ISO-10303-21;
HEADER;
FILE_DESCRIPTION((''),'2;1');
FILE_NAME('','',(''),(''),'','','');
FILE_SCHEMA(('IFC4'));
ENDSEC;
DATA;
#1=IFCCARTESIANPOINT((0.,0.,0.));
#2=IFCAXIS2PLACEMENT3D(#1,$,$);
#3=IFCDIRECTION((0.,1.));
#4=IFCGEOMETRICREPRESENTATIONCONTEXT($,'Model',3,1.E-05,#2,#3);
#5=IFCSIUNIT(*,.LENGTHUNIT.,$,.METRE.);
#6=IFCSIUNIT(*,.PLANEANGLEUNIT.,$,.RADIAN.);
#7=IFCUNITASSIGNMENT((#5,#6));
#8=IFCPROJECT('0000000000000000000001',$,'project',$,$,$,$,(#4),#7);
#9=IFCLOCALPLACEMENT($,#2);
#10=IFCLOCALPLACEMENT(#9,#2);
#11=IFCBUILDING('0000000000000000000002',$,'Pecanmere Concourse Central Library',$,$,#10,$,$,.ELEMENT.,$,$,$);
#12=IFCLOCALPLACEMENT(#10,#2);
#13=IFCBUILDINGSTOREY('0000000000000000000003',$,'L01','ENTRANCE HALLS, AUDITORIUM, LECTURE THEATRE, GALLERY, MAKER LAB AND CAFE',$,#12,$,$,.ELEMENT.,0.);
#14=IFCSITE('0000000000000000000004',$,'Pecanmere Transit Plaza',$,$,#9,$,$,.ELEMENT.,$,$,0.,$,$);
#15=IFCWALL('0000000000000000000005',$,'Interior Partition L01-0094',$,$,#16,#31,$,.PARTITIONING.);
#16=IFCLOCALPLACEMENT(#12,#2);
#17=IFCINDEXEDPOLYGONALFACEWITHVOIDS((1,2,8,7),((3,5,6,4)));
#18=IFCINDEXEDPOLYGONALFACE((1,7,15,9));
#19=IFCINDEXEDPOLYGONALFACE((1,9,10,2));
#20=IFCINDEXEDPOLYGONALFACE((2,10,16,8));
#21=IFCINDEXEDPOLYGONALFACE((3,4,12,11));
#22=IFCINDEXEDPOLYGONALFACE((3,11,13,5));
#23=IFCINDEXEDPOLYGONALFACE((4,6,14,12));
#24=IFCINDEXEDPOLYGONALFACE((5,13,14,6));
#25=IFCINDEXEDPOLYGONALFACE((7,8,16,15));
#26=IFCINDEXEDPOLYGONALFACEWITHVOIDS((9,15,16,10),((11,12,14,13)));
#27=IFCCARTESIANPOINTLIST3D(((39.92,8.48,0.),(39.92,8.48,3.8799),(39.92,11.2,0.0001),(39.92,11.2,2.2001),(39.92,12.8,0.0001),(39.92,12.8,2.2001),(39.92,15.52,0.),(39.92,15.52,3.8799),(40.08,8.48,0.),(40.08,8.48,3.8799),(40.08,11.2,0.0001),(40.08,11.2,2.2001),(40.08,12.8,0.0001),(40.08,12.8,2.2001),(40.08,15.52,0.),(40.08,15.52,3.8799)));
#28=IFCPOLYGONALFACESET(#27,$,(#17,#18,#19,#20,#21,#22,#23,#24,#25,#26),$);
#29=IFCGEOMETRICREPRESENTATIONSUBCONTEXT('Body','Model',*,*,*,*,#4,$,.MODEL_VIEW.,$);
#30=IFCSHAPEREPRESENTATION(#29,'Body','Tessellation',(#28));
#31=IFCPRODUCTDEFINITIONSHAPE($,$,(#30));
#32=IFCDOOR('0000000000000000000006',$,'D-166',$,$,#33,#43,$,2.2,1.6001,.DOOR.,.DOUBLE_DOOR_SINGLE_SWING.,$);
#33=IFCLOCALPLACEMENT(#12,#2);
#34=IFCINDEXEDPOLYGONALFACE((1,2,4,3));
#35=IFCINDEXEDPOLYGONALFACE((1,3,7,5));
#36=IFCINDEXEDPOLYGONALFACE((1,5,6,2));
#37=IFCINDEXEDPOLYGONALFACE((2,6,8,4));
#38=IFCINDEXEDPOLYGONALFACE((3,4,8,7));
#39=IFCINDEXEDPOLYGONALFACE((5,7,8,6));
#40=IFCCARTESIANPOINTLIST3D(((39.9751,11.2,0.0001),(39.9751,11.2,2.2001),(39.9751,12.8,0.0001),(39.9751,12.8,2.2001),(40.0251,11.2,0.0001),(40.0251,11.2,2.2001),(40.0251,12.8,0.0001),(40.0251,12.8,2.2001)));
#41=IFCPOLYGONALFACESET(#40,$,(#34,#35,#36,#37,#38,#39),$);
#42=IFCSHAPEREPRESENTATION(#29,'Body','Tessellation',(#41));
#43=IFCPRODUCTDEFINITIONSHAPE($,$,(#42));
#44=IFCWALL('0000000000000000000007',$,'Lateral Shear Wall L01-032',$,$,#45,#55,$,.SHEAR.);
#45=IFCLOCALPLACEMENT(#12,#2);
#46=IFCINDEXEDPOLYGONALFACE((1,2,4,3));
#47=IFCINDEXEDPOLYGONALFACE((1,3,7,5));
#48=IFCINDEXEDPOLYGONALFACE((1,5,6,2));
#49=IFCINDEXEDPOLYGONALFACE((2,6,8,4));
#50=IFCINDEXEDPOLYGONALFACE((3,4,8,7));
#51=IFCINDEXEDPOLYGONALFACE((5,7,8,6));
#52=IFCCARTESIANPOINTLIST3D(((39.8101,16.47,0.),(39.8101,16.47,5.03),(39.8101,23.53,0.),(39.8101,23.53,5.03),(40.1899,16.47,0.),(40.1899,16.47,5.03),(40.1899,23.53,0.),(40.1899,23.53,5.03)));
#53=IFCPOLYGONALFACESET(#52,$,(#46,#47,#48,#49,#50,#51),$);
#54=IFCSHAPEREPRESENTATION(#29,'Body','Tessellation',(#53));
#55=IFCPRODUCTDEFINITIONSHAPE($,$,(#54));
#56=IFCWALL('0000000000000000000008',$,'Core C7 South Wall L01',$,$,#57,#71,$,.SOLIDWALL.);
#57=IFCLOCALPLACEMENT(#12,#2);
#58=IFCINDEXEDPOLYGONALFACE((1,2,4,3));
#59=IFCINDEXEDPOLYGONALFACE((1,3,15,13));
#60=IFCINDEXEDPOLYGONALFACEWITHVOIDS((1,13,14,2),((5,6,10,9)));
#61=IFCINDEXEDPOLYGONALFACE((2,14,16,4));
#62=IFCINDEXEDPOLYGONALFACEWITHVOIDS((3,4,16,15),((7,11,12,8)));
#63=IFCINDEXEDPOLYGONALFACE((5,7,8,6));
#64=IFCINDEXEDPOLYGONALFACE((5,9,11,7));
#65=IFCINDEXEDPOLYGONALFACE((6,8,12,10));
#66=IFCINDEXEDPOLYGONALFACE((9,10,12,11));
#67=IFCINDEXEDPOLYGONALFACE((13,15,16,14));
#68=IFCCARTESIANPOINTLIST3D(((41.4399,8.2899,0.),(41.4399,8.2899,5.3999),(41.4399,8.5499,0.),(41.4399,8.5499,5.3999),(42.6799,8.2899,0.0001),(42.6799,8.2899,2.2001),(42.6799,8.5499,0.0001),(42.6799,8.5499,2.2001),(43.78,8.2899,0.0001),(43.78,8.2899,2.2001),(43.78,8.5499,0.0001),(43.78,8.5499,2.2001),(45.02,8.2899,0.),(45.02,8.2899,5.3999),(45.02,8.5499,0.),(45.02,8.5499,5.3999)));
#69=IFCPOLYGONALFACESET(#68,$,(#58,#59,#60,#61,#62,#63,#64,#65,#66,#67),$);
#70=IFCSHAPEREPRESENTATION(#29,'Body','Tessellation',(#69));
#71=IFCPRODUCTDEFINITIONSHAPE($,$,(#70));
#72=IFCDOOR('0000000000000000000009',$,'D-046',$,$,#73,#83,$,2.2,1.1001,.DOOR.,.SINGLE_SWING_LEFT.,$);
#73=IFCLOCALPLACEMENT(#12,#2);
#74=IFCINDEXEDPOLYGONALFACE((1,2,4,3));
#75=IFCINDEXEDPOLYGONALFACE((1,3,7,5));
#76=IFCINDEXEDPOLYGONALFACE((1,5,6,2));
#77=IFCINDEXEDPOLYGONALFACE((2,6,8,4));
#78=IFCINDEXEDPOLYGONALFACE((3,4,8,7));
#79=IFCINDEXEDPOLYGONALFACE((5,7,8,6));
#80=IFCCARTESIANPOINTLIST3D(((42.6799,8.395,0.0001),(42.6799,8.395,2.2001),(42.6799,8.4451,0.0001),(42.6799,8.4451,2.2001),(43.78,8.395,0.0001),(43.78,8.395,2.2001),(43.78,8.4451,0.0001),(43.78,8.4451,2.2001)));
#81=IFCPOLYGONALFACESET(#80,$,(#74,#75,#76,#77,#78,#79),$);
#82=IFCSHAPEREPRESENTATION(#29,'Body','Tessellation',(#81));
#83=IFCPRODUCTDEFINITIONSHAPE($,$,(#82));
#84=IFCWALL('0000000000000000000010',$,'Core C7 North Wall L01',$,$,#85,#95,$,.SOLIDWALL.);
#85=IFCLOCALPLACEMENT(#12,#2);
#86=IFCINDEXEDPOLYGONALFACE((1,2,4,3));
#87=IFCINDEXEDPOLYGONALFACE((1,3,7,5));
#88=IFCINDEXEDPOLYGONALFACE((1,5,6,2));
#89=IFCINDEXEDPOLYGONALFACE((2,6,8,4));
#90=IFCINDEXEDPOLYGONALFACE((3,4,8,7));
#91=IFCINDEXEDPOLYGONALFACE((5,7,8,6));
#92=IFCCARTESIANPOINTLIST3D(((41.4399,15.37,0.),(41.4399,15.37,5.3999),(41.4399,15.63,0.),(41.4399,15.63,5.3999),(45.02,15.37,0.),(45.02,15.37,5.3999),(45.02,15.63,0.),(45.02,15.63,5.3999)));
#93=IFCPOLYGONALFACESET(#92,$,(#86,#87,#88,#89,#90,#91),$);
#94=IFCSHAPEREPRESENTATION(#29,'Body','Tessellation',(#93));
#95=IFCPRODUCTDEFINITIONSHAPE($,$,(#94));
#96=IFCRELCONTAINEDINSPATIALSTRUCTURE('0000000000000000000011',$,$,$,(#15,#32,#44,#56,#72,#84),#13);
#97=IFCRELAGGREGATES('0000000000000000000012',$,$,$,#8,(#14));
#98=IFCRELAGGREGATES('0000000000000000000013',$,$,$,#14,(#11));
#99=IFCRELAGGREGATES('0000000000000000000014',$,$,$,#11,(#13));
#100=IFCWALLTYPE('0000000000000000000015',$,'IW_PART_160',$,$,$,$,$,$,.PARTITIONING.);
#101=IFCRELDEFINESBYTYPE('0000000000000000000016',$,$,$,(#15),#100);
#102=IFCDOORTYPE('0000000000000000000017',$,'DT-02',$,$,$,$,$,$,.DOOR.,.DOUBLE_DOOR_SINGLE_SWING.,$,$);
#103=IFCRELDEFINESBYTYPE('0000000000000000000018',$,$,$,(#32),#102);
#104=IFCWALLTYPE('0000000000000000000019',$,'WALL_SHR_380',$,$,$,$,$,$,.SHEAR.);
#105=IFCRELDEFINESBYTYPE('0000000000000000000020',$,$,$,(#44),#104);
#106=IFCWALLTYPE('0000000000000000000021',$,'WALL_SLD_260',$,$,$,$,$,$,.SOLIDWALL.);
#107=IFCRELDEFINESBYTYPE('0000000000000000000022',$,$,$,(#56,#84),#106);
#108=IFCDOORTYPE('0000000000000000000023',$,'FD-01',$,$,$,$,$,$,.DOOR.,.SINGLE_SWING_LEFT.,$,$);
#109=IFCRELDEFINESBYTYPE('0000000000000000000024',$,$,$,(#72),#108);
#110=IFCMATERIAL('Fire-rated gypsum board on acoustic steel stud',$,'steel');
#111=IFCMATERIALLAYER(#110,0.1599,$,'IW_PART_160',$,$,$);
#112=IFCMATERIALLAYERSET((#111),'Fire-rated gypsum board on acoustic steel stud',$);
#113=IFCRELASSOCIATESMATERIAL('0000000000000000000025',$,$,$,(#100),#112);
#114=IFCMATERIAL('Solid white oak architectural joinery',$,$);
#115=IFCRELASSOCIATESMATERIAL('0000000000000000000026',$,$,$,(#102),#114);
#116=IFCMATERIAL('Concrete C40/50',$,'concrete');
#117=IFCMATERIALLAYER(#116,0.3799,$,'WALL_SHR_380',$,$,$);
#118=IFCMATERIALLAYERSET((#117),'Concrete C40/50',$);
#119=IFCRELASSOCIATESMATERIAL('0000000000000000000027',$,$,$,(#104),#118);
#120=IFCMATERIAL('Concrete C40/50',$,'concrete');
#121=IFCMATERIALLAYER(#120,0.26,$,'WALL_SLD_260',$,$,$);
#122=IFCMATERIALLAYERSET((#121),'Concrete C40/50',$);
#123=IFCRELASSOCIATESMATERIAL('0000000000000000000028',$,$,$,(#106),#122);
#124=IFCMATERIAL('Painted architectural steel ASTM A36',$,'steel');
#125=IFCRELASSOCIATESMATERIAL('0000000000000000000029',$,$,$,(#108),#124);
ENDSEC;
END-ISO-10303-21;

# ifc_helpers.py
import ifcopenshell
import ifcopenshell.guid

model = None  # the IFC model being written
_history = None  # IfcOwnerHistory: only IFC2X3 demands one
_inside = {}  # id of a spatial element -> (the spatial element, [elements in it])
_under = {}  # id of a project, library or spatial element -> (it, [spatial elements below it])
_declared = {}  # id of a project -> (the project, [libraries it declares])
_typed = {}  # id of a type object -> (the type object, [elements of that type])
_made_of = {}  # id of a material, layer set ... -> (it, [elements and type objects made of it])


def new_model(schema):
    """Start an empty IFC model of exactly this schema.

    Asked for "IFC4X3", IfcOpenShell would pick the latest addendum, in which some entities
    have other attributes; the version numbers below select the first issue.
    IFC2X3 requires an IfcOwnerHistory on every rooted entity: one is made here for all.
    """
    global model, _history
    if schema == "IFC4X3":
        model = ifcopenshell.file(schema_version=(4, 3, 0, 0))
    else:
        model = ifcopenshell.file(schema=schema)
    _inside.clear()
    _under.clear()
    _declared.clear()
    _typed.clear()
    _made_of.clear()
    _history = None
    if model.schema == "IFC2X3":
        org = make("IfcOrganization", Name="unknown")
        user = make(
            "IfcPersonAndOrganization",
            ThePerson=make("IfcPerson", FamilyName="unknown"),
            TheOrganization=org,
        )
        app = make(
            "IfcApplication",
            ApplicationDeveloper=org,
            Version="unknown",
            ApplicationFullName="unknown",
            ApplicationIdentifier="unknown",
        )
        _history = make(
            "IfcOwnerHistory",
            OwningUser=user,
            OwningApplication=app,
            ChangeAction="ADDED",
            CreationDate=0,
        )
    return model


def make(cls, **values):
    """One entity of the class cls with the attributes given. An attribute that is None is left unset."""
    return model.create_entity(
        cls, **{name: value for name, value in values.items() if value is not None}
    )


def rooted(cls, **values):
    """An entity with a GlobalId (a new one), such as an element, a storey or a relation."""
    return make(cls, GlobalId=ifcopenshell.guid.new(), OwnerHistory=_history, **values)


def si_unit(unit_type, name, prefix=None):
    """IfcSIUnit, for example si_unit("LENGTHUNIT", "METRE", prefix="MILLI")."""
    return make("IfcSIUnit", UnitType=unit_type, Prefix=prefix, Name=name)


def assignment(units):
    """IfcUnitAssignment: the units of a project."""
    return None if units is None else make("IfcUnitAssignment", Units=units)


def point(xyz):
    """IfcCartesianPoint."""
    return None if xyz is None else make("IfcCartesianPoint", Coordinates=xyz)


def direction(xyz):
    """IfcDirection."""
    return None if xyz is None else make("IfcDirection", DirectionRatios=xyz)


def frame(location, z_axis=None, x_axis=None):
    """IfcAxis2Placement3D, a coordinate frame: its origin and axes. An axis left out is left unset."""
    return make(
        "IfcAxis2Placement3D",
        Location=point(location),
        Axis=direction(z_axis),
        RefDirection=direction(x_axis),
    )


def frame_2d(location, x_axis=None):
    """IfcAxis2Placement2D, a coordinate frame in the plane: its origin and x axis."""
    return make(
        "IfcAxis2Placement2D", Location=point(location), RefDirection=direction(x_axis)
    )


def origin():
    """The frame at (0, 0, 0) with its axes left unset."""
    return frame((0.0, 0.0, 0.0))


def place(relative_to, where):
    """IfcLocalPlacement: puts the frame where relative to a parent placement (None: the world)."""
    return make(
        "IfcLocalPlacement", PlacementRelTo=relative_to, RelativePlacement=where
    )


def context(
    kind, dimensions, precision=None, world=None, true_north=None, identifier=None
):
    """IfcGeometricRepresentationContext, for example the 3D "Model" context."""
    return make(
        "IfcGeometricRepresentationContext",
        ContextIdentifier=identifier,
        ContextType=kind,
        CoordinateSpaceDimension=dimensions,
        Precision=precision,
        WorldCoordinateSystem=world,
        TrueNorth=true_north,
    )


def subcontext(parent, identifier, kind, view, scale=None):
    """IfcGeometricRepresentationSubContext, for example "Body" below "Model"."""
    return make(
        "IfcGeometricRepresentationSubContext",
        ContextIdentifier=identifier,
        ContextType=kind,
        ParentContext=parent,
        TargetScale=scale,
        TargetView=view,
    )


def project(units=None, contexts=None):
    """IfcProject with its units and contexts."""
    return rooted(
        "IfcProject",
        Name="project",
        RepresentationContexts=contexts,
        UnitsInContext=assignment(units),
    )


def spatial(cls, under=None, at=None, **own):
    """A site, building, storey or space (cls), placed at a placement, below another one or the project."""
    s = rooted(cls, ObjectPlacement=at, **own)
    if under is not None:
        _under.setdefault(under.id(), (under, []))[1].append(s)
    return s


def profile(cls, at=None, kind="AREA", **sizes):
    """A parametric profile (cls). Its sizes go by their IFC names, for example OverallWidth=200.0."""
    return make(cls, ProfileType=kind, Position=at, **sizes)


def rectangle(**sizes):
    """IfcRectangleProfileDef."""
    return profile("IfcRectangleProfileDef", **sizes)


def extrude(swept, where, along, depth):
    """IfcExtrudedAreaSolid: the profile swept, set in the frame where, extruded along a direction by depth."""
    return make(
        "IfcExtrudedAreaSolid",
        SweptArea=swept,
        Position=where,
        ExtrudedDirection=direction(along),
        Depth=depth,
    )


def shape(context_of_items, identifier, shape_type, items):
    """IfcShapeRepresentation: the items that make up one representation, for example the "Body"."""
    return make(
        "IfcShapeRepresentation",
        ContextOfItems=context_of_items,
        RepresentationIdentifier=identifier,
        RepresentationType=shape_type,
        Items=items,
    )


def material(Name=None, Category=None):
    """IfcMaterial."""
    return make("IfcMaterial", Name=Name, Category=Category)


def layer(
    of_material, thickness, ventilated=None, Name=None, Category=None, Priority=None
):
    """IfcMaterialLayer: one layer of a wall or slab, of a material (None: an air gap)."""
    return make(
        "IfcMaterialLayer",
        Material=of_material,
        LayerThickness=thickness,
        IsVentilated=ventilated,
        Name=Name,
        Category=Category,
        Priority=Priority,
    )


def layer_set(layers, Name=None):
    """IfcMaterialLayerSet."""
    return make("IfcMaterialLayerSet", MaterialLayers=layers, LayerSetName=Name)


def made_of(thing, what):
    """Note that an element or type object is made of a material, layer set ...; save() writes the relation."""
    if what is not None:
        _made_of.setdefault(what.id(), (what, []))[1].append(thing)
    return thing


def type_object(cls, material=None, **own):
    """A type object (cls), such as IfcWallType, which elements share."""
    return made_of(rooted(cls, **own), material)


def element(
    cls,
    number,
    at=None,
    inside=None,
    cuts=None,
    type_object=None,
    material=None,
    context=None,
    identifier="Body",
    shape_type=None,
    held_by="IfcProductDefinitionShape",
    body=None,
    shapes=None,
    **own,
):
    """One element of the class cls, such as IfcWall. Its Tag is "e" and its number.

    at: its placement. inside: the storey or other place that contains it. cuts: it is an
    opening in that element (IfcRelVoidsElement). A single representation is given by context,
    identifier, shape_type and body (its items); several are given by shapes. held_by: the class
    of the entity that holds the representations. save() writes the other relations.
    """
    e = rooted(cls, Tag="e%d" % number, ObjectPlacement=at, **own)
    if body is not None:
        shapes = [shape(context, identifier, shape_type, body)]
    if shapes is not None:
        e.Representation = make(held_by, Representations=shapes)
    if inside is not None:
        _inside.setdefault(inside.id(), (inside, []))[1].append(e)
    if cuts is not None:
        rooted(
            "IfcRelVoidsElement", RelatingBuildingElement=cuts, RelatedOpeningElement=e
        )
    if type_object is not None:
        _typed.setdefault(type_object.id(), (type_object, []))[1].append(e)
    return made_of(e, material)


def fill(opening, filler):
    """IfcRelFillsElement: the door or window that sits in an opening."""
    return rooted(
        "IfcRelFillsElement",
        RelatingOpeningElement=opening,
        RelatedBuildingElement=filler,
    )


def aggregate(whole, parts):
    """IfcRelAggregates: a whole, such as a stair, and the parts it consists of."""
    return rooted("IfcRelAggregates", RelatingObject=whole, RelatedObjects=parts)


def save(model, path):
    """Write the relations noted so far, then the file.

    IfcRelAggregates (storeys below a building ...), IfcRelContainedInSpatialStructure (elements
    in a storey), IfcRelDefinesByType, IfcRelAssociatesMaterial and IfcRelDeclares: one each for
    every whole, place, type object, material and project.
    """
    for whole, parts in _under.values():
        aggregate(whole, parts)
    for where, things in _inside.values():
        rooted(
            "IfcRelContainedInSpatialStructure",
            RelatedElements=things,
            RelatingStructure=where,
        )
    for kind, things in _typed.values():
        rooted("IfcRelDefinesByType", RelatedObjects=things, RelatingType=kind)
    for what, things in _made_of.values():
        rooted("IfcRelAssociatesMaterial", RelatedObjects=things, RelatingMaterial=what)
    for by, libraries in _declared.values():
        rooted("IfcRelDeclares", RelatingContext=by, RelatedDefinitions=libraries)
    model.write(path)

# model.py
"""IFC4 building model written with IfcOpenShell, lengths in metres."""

from ifc_helpers import new_model, si_unit, direction, frame, frame_2d, origin, place, context, subcontext, project, spatial, rectangle, extrude, material, layer, layer_set, type_object, element, fill, save


model = new_model("IFC4")

# Units and contexts
model_context = context("Model", 3, precision=1e-05, world=origin(), true_north=direction((0.0, 1.0)))
body_context = subcontext(model_context, "Body", "Model", "MODEL_VIEW")
ifc_project = project(units=[si_unit("LENGTHUNIT", "METRE"), si_unit("PLANEANGLEUNIT", "RADIAN")], contexts=[model_context])

# Site, building, storey
site_placement = place(None, origin())
site = spatial("IfcSite", under=ifc_project, at=site_placement, Name="Pecanmere Transit Plaza", CompositionType="ELEMENT", RefElevation=0.0)
building_placement = place(site_placement, origin())
building = spatial("IfcBuilding", under=site, at=building_placement, Name="Pecanmere Concourse Central Library", CompositionType="ELEMENT")
storey_placement = place(building_placement, origin())
storey = spatial("IfcBuildingStorey", under=building, at=storey_placement, Name="L01", Description="ENTRANCE HALLS, AUDITORIUM, LECTURE THEATRE, GALLERY, MAKER LAB AND CAFE", CompositionType="ELEMENT", Elevation=0.0)

# Shared definitions
ifc_material_1 = material(Name="Fire-rated gypsum board on acoustic steel stud", Category="steel")
ifc_layer_1 = layer(ifc_material_1, 0.1599, Name="IW_PART_160")
ifc_layer_set_1 = layer_set([ifc_layer_1], Name="Fire-rated gypsum board on acoustic steel stud")
wall_type_1 = type_object("IfcWallType", Name="IW_PART_160", PredefinedType="PARTITIONING", material=ifc_layer_set_1)

# Wall, opening, door
wall_1_placement = place(storey_placement, frame((40.0, 8.48, 0.0), z_axis=(0.0, 0.0, 1.0), x_axis=(0.0, 1.0, 0.0)))
wall_1 = element("IfcWall", 1, at=wall_1_placement, inside=storey, type_object=wall_type_1, Name="Interior Partition L01-0094", PredefinedType="PARTITIONING", context=body_context, shape_type="SweptSolid", body=[
    extrude(rectangle(XDim=7.04, YDim=0.1599, at=frame_2d((3.52, 0.0))), origin(), (0.0, 0.0, 1.0), 3.8799),
])
opening_1_placement = place(wall_1_placement, frame((2.72, 0.0, 0.0)))
opening_1 = element("IfcOpeningElement", 2, at=opening_1_placement, cuts=wall_1, PredefinedType="OPENING", context=body_context, shape_type="SweptSolid", body=[
    extrude(rectangle(XDim=1.6001, YDim=2.2, at=frame_2d((0.8, 1.1001))), frame((0.0, 0.0918, 0.0), z_axis=(0.0, -1.0, 0.0), x_axis=(1.0, 0.0, 0.0)), (0.0, 0.0, 1.0), 0.1838),
])
ifc_material_2 = material(Name="Solid white oak architectural joinery")
door_type_1 = type_object("IfcDoorType", Name="DT-02", OperationType="DOUBLE_DOOR_SINGLE_SWING", PredefinedType="DOOR", material=ifc_material_2)
door_1_placement = place(opening_1_placement, origin())
door_1 = element("IfcDoor", 3, at=door_1_placement, inside=storey, type_object=door_type_1, Name="D-166", OperationType="DOUBLE_DOOR_SINGLE_SWING", OverallHeight=2.2, OverallWidth=1.6001, PredefinedType="DOOR", context=body_context, shape_type="SweptSolid", body=[
    extrude(rectangle(XDim=1.6001, YDim=2.2, at=frame_2d((0.8, 1.1001))), frame((0.0, 0.0249, 0.0), z_axis=(0.0, -1.0, 0.0), x_axis=(1.0, 0.0, 0.0)), (0.0, 0.0, 1.0), 0.05),
])
fill(opening_1, door_1)

# Wall
ifc_material_3 = material(Name="Concrete C40/50", Category="concrete")
ifc_layer_2 = layer(ifc_material_3, 0.3799, Name="WALL_SHR_380")
ifc_layer_set_2 = layer_set([ifc_layer_2], Name="Concrete C40/50")
wall_type_2 = type_object("IfcWallType", Name="WALL_SHR_380", PredefinedType="SHEAR", material=ifc_layer_set_2)
wall_2_placement = place(storey_placement, frame((40.0, 16.47, 0.0), z_axis=(0.0, 0.0, 1.0), x_axis=(0.0, 1.0, 0.0)))
element("IfcWall", 4, at=wall_2_placement, inside=storey, type_object=wall_type_2, Name="Lateral Shear Wall L01-032", PredefinedType="SHEAR", context=body_context, shape_type="SweptSolid", body=[
    extrude(rectangle(XDim=7.0601, YDim=0.3799, at=frame_2d((3.53, 0.0))), origin(), (0.0, 0.0, 1.0), 5.03),
])

# Wall, opening, door
ifc_material_4 = material(Name="Concrete C40/50", Category="concrete")
ifc_layer_3 = layer(ifc_material_4, 0.26, Name="WALL_SLD_260")
ifc_layer_set_3 = layer_set([ifc_layer_3], Name="Concrete C40/50")
wall_type_3 = type_object("IfcWallType", Name="WALL_SLD_260", PredefinedType="SOLIDWALL", material=ifc_layer_set_3)
wall_3_placement = place(storey_placement, frame((41.4399, 8.4199, 0.0), z_axis=(0.0, 0.0, 1.0), x_axis=(1.0, 0.0, 0.0)))
wall_3 = element("IfcWall", 5, at=wall_3_placement, inside=storey, type_object=wall_type_3, Name="Core C7 South Wall L01", PredefinedType="SOLIDWALL", context=body_context, shape_type="SweptSolid", body=[
    extrude(rectangle(XDim=3.5801, YDim=0.26, at=frame_2d((1.79, 0.0))), origin(), (0.0, 0.0, 1.0), 5.3999),
])
opening_2_placement = place(wall_3_placement, frame((1.24, 0.0, 0.0)))
opening_2 = element("IfcOpeningElement", 6, at=opening_2_placement, cuts=wall_3, PredefinedType="OPENING", context=body_context, shape_type="SweptSolid", body=[
    extrude(rectangle(XDim=1.1001, YDim=2.2, at=frame_2d((0.55, 1.1001))), frame((0.0, 0.1421, 0.0), z_axis=(0.0, -1.0, 0.0), x_axis=(1.0, 0.0, 0.0)), (0.0, 0.0, 1.0), 0.2839),
])
ifc_material_5 = material(Name="Painted architectural steel ASTM A36", Category="steel")
door_type_2 = type_object("IfcDoorType", Name="FD-01", OperationType="SINGLE_SWING_LEFT", PredefinedType="DOOR", material=ifc_material_5)
door_2_placement = place(opening_2_placement, frame((1.1001, 0.0, 0.0), z_axis=(0.0, 0.0, 1.0), x_axis=(-1.0, 0.0, 0.0)))
door_2 = element("IfcDoor", 7, at=door_2_placement, inside=storey, type_object=door_type_2, Name="D-046", OperationType="SINGLE_SWING_LEFT", OverallHeight=2.2, OverallWidth=1.1001, PredefinedType="DOOR", context=body_context, shape_type="SweptSolid", body=[
    extrude(rectangle(XDim=1.1001, YDim=2.2, at=frame_2d((0.55, 1.1001))), frame((0.0, 0.0249, 0.0), z_axis=(0.0, -1.0, 0.0), x_axis=(1.0, 0.0, 0.0)), (0.0, 0.0, 1.0), 0.05),
])
fill(opening_2, door_2)

# Wall
wall_4_placement = place(storey_placement, frame((41.4399, 15.5, 0.0), z_axis=(0.0, 0.0, 1.0), x_axis=(1.0, 0.0, 0.0)))
element("IfcWall", 8, at=wall_4_placement, inside=storey, type_object=wall_type_3, Name="Core C7 North Wall L01", PredefinedType="SOLIDWALL", context=body_context, shape_type="SweptSolid", body=[
    extrude(rectangle(XDim=3.5801, YDim=0.26, at=frame_2d((1.79, 0.0))), origin(), (0.0, 0.0, 1.0), 5.3999),
])

save(model, "model.ifc")
